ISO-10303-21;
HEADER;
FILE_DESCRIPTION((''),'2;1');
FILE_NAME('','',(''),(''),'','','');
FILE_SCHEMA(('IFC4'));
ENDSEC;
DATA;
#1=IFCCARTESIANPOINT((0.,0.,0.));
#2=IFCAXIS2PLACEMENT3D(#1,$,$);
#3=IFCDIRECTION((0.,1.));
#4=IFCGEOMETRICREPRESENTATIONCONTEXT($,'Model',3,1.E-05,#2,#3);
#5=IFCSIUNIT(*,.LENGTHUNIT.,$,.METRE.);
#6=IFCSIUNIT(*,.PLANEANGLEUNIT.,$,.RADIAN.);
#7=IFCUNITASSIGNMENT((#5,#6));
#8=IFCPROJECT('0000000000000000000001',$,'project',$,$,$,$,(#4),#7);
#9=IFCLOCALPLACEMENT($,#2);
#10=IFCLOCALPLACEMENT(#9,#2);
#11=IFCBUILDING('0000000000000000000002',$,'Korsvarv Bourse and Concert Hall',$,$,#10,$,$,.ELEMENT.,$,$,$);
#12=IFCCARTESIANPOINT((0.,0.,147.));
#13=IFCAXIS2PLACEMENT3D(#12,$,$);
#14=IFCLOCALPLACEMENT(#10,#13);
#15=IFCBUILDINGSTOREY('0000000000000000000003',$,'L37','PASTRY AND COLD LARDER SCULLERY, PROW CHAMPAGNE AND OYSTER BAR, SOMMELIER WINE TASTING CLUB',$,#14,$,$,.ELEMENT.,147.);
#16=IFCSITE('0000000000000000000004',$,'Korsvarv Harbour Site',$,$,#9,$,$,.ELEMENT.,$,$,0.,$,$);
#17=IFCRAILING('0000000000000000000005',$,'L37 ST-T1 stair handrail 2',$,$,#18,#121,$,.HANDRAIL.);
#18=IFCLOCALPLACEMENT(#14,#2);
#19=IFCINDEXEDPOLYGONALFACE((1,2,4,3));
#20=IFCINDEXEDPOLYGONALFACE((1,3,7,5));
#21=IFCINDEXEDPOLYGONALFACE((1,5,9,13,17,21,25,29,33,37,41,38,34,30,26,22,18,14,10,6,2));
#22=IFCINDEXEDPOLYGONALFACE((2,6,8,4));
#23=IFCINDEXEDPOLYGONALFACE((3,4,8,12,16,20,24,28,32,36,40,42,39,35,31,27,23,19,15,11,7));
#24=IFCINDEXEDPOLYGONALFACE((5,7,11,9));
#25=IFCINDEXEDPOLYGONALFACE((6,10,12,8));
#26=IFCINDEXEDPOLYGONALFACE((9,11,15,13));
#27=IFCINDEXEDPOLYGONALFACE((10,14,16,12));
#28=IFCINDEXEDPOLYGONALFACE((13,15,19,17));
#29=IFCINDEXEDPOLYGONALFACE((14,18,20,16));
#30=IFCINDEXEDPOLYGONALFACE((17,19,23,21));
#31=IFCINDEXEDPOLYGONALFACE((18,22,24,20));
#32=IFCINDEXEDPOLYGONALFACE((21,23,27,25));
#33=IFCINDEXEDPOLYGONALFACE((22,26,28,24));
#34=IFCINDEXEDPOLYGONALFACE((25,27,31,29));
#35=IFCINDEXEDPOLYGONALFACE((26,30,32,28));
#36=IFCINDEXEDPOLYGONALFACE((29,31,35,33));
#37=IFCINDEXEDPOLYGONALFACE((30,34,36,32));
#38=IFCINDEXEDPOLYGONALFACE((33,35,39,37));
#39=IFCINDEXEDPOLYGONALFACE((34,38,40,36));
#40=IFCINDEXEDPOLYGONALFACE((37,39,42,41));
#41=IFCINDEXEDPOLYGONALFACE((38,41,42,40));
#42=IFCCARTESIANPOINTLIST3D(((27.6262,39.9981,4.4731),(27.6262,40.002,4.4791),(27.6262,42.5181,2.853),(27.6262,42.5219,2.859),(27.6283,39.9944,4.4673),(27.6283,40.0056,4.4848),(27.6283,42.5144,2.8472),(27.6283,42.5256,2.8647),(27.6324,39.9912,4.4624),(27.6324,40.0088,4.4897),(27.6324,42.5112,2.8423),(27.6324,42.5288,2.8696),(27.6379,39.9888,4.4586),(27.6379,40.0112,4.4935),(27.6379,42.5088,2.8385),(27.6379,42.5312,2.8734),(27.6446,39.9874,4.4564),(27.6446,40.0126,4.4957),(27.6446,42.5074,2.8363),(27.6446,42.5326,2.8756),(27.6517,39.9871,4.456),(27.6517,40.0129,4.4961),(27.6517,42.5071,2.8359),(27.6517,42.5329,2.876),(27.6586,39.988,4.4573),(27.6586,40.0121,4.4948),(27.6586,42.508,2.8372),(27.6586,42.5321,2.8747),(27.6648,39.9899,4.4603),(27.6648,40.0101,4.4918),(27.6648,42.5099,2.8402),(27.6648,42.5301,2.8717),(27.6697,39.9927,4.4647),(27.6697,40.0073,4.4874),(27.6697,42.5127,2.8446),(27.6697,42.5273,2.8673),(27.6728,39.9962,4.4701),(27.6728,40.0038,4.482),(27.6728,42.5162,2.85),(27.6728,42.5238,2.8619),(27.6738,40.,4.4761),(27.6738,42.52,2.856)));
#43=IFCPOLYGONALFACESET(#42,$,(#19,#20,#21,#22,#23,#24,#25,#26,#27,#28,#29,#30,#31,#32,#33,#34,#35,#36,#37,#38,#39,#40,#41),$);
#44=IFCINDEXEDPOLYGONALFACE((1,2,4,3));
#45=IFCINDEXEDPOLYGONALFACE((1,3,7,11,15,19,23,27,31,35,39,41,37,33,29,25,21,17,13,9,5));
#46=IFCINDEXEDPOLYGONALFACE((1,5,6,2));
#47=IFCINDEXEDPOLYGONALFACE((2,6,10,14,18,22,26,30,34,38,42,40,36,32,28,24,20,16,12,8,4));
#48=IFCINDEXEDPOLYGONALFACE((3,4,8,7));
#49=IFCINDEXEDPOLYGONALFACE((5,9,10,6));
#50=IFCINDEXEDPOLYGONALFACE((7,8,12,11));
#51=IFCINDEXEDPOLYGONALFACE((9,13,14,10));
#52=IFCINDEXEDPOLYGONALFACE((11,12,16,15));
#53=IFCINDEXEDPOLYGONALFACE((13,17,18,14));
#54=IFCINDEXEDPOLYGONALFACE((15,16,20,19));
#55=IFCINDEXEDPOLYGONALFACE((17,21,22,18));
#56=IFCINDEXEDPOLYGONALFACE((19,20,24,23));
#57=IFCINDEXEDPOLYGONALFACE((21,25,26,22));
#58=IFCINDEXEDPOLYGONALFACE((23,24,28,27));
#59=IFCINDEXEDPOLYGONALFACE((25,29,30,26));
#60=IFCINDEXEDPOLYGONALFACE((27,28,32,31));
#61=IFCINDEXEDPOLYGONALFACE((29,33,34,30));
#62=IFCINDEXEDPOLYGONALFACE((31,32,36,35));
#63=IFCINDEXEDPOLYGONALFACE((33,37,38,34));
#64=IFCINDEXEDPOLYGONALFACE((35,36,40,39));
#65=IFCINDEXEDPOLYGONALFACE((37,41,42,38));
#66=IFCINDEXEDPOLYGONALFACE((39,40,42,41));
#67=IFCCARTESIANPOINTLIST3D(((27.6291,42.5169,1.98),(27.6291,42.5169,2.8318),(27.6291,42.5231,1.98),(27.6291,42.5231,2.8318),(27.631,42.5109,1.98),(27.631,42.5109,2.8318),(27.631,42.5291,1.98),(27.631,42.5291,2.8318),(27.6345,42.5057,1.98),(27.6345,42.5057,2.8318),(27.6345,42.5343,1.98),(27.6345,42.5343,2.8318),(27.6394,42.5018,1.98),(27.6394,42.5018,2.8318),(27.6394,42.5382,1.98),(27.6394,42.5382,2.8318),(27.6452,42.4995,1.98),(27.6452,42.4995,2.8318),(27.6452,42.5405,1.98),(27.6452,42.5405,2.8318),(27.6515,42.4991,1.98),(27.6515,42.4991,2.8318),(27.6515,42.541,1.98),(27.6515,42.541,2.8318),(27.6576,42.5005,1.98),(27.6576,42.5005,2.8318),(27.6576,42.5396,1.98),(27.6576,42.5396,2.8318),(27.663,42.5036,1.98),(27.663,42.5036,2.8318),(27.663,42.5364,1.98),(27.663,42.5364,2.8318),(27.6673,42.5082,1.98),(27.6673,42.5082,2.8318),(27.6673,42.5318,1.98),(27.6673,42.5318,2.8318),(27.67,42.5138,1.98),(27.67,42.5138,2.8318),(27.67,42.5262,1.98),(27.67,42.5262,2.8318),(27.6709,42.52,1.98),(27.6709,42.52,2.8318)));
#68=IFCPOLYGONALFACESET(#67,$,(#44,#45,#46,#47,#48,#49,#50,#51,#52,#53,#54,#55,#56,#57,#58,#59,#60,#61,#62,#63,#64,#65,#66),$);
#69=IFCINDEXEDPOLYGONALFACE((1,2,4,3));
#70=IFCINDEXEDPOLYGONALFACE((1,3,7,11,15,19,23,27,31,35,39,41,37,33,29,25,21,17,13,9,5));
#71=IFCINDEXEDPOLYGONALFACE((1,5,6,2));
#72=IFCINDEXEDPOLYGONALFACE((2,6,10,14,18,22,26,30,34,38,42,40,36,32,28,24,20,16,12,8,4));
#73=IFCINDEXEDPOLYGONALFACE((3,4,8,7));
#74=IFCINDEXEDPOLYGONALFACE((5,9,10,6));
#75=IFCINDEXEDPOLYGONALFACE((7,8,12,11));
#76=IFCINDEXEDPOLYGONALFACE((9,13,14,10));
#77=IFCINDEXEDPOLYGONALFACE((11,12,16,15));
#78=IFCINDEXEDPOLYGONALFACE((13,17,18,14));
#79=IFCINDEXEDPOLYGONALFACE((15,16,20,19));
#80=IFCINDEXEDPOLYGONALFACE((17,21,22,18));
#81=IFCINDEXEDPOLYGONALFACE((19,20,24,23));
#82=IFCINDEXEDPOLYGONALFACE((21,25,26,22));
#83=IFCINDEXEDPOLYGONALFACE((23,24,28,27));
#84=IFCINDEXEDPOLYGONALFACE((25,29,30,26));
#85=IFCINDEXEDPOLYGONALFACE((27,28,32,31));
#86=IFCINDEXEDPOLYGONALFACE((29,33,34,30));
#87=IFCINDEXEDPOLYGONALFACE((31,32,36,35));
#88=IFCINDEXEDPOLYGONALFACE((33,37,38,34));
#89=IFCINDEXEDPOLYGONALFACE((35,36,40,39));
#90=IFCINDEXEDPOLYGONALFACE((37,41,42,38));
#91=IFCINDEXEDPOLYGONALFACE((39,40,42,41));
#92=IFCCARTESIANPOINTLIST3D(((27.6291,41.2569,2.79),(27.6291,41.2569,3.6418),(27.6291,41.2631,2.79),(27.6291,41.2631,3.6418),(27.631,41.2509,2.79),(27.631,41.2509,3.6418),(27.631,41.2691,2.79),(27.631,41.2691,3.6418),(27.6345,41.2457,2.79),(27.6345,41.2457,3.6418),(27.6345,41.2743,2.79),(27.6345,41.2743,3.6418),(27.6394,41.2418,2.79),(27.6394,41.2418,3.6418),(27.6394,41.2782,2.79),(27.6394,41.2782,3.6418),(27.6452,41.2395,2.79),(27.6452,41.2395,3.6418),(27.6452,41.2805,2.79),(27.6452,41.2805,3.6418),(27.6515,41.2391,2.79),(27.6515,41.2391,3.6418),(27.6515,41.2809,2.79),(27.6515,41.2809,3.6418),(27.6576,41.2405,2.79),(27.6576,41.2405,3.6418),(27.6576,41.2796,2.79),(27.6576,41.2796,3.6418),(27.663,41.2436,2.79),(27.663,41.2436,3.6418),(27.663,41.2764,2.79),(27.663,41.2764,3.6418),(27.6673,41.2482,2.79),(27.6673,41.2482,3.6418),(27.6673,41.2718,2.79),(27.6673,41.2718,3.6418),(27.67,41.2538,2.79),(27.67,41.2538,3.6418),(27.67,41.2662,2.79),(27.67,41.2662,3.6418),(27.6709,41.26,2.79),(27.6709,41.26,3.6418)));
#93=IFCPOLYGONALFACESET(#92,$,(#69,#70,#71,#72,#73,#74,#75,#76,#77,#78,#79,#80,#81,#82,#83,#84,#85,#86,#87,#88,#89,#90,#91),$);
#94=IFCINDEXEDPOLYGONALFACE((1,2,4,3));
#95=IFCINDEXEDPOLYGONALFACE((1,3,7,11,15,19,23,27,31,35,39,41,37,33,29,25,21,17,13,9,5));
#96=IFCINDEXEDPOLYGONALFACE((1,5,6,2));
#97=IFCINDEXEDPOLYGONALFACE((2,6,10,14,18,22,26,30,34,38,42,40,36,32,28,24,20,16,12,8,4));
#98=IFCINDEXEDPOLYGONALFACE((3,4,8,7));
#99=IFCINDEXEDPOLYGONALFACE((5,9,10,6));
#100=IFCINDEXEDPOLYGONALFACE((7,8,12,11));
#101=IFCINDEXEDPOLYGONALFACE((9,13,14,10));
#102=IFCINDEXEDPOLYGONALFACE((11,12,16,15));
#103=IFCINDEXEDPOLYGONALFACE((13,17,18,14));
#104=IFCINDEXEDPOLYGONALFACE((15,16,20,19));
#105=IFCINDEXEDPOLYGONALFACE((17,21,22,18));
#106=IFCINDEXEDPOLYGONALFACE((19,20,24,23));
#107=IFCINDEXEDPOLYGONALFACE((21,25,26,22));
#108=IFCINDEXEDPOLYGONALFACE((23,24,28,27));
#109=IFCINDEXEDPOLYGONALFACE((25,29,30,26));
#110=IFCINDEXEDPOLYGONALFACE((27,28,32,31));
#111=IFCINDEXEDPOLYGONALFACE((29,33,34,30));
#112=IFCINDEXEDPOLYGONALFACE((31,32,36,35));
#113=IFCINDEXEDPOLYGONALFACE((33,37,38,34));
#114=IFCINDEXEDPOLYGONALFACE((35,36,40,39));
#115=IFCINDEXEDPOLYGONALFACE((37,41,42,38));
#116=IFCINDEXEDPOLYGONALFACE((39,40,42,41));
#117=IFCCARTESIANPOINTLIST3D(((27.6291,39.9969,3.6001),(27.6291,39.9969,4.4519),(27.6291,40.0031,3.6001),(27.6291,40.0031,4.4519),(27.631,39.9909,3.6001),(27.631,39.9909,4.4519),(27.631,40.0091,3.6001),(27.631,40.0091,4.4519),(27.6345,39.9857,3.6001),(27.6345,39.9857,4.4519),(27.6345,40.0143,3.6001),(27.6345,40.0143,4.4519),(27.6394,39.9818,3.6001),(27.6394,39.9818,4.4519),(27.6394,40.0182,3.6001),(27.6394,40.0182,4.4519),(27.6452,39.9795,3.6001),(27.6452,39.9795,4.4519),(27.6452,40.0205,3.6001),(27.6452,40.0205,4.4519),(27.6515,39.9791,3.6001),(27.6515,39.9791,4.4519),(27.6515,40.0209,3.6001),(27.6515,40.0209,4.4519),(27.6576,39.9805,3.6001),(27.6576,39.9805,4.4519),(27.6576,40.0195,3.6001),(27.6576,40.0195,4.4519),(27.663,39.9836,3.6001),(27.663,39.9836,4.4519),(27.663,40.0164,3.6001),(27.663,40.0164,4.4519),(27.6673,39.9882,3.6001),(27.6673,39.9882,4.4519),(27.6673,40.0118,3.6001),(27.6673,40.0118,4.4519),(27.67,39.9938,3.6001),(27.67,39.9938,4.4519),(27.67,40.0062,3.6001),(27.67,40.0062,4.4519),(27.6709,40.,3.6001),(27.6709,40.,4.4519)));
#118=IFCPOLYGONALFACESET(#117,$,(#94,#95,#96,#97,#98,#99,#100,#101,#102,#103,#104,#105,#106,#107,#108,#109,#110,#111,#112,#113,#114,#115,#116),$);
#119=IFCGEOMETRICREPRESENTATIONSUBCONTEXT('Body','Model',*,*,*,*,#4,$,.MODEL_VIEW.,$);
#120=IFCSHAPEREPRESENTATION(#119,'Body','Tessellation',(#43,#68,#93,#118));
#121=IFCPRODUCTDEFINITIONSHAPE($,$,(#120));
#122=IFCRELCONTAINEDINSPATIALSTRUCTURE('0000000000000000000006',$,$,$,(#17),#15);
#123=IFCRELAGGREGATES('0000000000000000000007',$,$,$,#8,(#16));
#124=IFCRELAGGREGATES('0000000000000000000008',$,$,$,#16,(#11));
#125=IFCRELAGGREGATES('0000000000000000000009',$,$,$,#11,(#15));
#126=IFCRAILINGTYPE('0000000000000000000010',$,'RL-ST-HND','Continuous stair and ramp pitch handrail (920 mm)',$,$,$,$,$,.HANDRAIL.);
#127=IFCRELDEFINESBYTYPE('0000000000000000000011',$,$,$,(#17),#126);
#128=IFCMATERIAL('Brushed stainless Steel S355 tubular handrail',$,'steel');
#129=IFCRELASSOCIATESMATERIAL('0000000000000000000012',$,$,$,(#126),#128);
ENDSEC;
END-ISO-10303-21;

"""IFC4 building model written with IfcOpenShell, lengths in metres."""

from ifc_helpers import new_model, si_unit, direction, frame, origin, origin_2d, place, context, subcontext, project, spatial, circle, extrude, material, type_object, element, save


model = new_model("IFC4")

# Units and contexts
model_context = context("Model", 3, precision=1e-05, world=origin(), true_north=direction((0.0, 1.0)))
body_context = subcontext(model_context, "Body", "Model", "MODEL_VIEW")
ifc_project = project(units=[si_unit("LENGTHUNIT", "METRE"), si_unit("PLANEANGLEUNIT", "RADIAN")], contexts=[model_context])

# Site, building, storey
site_placement = place(None, origin())
site = spatial("IfcSite", under=ifc_project, at=site_placement, Name="Korsvarv Harbour Site", CompositionType="ELEMENT", RefElevation=0.0)
building_placement = place(site_placement, origin())
building = spatial("IfcBuilding", under=site, at=building_placement, Name="Korsvarv Bourse and Concert Hall", CompositionType="ELEMENT")
storey_placement = place(building_placement, frame((0.0, 0.0, 147.0)))
storey = spatial("IfcBuildingStorey", under=building, at=storey_placement, Name="L37", Description="PASTRY AND COLD LARDER SCULLERY, PROW CHAMPAGNE AND OYSTER BAR, SOMMELIER WINE TASTING CLUB", CompositionType="ELEMENT", Elevation=147.0)

# Railing
ifc_material_1 = material(Name="Brushed stainless Steel S355 tubular handrail", Category="steel")
railing_type_1 = type_object("IfcRailingType", Name="RL-ST-HND", Description="Continuous stair and ramp pitch handrail (920 mm)", PredefinedType="HANDRAIL", material=ifc_material_1)
railing_1_placement = place(storey_placement, frame((27.6499, 42.52, 1.98)))
element("IfcRailing", 1, at=railing_1_placement, inside=storey, type_object=railing_type_1, Name="L37 ST-T1 stair handrail 2", PredefinedType="HANDRAIL", context=body_context, shape_type="SweptSolid", body=[
    extrude(circle(Radius=0.0239, at=origin_2d()), frame((0.0, 0.0, 0.876), z_axis=(0.0, -0.841163, 0.540782), x_axis=(1.0, 0.0, 0.0)), (0.0, 0.0, 1.0), 2.9958),
    extrude(circle(Radius=0.021, at=origin_2d()), origin(), (0.0, 0.0, 1.0), 0.8518),
    extrude(circle(Radius=0.021, at=origin_2d()), frame((0.0, -1.26, 0.8101)), (0.0, 0.0, 1.0), 0.8518),
    extrude(circle(Radius=0.021, at=origin_2d()), frame((0.0, -2.52, 1.6201)), (0.0, 0.0, 1.0), 0.8518),
])

save(model, "model.ifc")
